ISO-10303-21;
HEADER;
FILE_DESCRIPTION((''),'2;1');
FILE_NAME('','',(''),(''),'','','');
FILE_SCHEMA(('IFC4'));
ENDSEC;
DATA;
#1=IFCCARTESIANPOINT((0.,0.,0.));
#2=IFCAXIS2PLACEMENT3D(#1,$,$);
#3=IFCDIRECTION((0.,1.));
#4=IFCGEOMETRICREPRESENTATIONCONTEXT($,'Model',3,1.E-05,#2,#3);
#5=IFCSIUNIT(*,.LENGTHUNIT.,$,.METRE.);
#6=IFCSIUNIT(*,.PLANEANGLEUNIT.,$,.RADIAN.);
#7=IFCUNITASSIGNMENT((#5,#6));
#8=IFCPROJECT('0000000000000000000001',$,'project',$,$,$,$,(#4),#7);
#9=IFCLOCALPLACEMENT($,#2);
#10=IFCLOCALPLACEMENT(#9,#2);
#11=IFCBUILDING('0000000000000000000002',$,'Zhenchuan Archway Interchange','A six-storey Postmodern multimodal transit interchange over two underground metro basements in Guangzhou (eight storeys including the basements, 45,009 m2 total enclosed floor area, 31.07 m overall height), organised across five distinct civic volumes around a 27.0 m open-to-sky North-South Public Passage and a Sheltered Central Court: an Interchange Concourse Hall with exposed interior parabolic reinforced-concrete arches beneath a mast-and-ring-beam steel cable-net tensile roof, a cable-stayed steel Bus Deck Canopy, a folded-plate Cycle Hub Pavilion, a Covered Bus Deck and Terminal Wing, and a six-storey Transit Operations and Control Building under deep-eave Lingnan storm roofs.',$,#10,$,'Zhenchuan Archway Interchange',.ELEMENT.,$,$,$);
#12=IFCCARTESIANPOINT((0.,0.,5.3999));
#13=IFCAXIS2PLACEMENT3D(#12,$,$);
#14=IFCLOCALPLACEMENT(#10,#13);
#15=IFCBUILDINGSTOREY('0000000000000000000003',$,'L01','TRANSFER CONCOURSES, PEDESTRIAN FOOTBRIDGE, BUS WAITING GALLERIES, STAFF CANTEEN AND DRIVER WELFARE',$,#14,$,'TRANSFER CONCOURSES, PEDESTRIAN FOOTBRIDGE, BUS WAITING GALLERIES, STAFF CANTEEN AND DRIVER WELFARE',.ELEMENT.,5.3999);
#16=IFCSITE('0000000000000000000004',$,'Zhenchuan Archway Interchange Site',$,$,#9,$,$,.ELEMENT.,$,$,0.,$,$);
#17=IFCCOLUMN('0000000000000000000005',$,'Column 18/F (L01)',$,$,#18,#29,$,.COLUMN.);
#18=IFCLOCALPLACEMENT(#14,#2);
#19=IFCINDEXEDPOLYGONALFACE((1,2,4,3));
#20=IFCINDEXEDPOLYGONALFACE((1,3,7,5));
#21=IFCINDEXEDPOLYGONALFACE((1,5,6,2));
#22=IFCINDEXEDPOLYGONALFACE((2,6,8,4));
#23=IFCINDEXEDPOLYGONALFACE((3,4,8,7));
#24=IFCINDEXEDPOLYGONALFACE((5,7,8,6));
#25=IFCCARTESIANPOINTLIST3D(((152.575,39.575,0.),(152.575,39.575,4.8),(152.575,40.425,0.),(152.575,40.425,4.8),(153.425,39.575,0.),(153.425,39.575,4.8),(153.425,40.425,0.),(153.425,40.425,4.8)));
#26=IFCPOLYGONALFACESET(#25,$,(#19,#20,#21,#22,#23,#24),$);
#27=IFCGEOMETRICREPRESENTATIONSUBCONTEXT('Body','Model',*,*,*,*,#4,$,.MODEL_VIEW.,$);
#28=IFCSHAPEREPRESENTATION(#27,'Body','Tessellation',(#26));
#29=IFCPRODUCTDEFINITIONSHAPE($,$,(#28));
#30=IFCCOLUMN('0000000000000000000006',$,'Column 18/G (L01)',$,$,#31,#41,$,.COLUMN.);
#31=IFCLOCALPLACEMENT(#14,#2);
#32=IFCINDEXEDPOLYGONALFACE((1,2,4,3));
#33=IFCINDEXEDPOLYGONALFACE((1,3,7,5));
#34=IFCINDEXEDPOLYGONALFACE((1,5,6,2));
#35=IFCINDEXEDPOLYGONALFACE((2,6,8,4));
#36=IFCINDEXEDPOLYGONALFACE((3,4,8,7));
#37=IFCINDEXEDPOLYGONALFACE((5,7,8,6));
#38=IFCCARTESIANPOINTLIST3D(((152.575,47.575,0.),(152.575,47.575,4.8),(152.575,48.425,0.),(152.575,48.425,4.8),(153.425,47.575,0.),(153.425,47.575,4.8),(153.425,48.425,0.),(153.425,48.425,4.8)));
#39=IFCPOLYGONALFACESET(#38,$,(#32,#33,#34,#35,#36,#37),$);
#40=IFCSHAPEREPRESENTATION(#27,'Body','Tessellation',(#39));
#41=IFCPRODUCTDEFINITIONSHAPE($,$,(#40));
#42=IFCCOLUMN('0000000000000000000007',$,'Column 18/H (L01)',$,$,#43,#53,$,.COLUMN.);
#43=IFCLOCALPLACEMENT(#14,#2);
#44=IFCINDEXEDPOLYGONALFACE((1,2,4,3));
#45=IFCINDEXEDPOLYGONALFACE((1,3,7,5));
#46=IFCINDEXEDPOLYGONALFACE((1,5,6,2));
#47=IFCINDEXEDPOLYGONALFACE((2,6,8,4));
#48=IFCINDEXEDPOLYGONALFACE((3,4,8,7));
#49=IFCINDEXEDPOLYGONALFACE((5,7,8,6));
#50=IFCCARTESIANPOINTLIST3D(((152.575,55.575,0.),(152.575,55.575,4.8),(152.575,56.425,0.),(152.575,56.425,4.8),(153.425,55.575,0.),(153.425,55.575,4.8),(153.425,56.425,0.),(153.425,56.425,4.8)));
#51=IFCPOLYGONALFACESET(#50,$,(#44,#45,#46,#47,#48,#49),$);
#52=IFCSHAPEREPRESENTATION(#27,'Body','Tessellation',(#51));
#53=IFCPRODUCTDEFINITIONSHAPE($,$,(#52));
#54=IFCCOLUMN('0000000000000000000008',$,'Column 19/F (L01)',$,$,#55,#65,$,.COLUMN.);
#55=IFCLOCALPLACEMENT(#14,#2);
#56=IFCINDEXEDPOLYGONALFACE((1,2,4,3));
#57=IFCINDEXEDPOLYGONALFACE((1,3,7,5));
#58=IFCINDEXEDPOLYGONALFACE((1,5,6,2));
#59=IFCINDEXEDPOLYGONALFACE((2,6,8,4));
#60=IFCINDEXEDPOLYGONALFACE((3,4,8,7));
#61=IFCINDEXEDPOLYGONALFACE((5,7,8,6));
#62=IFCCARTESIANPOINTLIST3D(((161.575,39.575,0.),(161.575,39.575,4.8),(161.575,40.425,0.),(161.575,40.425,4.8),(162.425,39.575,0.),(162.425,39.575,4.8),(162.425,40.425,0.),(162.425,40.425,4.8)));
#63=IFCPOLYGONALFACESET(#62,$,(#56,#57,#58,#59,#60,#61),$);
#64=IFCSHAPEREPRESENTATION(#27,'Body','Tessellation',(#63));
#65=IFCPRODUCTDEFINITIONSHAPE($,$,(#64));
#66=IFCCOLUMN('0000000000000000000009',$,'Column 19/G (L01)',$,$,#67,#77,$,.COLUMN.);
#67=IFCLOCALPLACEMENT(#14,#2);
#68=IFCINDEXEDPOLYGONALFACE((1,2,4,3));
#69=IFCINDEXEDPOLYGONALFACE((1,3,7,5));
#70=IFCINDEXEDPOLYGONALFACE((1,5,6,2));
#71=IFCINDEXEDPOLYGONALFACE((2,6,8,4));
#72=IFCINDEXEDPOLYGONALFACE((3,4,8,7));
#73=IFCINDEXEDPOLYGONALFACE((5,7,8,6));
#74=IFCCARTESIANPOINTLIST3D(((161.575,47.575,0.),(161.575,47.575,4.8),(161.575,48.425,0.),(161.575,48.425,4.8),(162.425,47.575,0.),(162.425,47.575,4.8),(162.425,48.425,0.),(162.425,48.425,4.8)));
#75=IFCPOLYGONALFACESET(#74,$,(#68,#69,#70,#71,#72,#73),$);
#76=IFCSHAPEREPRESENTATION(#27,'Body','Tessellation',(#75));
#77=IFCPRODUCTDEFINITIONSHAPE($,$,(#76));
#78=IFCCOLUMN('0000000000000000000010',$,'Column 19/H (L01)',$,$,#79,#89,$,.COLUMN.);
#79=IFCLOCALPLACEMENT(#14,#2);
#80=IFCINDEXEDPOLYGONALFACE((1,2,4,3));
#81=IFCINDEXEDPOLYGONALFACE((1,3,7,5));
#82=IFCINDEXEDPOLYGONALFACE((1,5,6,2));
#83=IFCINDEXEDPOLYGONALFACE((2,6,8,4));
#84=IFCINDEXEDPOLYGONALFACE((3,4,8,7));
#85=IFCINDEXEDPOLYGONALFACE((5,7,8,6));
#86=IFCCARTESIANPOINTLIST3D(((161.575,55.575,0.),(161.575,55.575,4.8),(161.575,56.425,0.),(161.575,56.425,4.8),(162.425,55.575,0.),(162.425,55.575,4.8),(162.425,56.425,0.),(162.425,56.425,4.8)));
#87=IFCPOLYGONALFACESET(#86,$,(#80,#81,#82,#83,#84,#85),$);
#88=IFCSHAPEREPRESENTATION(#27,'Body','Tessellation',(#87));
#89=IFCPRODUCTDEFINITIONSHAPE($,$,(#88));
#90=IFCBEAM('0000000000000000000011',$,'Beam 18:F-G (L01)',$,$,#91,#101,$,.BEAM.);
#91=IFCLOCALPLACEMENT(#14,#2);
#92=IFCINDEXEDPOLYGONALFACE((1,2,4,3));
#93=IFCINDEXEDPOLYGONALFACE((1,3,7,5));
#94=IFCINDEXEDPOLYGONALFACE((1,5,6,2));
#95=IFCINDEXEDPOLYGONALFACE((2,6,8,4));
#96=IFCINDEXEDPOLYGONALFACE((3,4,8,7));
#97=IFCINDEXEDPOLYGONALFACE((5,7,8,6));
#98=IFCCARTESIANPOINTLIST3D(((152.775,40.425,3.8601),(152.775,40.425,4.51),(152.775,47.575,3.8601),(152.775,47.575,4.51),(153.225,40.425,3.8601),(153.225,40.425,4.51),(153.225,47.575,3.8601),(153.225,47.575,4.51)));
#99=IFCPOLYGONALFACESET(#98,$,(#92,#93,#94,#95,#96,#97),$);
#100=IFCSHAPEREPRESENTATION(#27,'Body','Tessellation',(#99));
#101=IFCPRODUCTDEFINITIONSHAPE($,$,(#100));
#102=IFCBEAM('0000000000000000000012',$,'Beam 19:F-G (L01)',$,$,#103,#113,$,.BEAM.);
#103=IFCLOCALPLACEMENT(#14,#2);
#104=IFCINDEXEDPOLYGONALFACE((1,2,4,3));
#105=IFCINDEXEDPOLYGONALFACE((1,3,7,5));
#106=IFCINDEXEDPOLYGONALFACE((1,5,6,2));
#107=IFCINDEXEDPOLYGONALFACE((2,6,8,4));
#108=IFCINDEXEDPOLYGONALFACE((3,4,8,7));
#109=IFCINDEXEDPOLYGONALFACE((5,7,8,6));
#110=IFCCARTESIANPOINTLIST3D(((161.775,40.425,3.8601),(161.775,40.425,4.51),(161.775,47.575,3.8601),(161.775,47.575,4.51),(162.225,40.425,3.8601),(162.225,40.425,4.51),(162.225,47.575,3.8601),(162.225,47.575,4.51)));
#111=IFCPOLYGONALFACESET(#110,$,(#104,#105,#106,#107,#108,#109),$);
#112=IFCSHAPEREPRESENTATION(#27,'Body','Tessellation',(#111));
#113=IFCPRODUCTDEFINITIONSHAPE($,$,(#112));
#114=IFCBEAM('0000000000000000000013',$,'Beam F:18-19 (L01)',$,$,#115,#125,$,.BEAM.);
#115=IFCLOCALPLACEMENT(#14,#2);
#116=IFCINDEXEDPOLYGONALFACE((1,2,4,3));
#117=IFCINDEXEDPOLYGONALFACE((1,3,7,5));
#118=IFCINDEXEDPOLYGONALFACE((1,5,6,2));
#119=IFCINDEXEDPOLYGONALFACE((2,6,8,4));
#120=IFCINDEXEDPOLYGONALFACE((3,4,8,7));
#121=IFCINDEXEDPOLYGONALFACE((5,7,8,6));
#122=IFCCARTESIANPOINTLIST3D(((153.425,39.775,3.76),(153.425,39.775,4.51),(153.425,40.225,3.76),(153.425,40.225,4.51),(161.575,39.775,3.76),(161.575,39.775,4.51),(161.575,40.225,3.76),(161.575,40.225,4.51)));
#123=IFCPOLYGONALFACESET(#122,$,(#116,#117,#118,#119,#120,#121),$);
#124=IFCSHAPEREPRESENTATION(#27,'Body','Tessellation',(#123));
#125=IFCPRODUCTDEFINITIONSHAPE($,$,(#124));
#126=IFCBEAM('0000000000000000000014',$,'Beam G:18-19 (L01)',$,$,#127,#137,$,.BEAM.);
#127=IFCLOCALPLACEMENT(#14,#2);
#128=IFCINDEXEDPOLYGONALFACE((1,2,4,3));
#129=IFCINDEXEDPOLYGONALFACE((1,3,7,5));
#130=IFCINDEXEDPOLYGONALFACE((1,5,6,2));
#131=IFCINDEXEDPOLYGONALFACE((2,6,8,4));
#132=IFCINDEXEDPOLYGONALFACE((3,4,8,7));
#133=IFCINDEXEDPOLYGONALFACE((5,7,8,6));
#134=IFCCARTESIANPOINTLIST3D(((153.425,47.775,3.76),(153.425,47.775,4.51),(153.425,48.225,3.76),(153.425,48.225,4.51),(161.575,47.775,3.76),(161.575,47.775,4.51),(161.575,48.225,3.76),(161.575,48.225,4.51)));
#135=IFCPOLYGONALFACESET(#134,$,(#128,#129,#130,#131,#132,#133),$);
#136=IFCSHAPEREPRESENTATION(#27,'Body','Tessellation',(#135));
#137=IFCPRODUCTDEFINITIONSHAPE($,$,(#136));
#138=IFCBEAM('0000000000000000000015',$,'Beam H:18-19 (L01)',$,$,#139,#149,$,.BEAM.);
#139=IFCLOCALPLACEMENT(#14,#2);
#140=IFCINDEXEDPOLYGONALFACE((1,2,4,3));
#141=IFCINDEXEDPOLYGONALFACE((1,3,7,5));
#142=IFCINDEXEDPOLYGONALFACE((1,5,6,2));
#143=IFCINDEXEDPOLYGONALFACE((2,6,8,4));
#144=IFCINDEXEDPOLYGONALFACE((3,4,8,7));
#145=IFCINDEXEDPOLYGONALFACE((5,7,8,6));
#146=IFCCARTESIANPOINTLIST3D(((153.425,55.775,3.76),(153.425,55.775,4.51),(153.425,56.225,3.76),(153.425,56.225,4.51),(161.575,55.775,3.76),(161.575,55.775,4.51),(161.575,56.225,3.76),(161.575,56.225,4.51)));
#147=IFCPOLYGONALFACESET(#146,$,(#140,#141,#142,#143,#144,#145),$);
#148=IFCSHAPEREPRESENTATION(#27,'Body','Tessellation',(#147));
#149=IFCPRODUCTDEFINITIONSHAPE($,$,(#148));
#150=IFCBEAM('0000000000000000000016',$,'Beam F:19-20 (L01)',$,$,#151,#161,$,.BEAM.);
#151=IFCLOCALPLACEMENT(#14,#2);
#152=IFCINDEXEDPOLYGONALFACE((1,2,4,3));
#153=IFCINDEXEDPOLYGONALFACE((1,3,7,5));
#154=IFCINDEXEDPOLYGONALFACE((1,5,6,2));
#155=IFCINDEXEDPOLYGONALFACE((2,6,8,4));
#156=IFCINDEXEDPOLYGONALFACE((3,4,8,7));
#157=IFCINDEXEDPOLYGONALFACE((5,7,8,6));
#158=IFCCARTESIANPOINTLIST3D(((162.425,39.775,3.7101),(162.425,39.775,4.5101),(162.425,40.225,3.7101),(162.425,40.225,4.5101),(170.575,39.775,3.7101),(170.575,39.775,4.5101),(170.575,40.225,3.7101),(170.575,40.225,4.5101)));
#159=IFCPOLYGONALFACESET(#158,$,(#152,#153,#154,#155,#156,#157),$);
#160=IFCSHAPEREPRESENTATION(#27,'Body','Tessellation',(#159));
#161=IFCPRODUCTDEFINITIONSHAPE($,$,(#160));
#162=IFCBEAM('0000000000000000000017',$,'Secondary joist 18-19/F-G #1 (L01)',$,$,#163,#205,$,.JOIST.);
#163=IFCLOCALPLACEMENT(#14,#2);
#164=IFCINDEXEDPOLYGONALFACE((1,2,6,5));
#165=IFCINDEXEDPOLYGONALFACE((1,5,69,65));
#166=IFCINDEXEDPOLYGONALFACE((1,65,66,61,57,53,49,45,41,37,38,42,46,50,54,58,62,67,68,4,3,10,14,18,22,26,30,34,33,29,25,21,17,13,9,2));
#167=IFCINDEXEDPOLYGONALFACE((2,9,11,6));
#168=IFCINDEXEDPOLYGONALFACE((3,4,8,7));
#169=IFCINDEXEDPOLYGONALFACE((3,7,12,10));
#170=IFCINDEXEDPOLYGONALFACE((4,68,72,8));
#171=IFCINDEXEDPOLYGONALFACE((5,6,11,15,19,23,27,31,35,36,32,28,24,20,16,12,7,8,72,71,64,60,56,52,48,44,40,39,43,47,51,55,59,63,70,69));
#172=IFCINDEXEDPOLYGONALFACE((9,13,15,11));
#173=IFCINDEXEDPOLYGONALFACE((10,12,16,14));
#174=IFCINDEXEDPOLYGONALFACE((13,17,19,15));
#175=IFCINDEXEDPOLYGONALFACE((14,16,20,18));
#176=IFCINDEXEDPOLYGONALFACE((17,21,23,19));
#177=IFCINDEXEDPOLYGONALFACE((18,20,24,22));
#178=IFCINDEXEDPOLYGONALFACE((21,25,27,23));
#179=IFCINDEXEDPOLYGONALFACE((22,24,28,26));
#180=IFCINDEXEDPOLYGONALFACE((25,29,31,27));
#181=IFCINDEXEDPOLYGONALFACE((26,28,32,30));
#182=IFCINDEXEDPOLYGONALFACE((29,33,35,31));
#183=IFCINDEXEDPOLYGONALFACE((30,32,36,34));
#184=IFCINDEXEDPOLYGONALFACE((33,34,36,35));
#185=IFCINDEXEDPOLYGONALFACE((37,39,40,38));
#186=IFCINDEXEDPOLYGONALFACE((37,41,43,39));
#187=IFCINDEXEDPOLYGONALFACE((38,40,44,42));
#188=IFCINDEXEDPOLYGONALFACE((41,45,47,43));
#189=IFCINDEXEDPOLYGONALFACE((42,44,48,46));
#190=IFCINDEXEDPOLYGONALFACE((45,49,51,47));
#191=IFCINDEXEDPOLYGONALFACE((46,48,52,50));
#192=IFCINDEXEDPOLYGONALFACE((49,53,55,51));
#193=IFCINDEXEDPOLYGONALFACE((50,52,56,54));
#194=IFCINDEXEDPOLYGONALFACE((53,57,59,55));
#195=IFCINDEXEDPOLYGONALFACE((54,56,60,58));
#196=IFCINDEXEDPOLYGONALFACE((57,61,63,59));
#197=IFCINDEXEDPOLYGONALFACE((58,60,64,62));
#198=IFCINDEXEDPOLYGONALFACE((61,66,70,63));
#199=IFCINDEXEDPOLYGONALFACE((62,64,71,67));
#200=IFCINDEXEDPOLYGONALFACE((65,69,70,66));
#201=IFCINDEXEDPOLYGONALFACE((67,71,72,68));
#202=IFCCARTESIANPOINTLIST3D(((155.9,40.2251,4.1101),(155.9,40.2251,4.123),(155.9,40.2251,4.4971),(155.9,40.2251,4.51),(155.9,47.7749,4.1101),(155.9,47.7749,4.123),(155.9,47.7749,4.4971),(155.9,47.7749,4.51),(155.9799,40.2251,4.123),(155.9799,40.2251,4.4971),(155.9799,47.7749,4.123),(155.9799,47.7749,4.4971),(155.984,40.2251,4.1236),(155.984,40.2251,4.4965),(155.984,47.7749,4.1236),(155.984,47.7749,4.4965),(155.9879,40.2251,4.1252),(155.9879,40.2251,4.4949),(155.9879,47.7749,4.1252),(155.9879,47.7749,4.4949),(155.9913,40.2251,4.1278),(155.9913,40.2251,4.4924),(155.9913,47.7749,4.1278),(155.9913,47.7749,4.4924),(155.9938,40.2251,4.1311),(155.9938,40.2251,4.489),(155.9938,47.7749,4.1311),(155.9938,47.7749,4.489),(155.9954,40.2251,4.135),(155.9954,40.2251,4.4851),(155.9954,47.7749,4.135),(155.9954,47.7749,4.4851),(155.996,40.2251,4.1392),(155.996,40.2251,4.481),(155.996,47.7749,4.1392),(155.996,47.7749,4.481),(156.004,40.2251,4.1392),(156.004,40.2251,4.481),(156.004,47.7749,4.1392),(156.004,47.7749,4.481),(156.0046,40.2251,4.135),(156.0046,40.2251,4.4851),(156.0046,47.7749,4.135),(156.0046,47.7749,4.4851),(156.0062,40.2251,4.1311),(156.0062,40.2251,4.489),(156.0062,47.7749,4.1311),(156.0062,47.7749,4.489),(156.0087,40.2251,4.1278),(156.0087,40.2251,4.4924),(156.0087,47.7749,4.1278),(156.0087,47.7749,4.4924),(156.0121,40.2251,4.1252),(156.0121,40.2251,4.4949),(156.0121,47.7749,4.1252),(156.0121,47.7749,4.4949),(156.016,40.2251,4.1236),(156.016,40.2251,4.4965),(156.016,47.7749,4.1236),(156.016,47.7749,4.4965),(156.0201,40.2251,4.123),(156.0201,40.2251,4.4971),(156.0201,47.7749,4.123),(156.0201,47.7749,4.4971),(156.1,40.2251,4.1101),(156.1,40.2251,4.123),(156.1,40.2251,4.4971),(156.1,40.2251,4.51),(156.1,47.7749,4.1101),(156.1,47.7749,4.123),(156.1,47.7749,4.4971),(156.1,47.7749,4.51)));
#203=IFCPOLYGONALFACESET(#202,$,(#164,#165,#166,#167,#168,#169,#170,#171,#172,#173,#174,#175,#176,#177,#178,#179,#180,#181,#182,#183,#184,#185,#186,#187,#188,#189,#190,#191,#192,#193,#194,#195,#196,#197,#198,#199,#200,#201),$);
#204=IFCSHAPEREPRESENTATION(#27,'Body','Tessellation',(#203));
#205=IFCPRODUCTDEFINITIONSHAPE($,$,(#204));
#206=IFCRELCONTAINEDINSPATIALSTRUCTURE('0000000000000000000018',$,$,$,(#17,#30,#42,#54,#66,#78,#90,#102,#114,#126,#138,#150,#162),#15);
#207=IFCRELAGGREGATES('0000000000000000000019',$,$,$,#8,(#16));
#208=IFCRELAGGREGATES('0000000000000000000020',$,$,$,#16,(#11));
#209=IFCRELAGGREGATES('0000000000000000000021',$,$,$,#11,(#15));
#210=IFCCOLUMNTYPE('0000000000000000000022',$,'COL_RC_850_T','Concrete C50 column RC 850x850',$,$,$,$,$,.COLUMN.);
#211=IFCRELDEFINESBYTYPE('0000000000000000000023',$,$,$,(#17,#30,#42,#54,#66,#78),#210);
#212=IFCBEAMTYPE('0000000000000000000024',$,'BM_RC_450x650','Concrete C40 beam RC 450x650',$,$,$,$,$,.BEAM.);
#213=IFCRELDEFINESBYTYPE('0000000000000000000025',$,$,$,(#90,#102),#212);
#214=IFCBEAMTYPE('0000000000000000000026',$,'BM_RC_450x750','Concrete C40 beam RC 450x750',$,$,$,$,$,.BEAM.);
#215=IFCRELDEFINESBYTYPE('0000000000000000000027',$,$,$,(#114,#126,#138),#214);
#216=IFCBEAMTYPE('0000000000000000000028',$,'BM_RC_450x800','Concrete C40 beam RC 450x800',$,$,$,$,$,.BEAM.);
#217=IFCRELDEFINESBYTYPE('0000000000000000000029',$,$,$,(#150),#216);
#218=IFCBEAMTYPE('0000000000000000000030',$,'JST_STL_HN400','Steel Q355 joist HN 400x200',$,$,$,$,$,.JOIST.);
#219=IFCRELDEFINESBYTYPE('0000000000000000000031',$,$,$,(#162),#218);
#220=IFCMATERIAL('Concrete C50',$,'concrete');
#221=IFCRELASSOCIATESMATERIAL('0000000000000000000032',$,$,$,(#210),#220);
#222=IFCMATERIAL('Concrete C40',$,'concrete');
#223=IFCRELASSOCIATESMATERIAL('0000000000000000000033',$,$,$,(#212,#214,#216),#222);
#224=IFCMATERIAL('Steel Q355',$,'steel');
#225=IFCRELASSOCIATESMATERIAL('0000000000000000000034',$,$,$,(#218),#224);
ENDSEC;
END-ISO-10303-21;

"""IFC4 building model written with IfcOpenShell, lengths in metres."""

from ifc_helpers import new_model, si_unit, direction, frame, origin, origin_2d, place, context, subcontext, project, spatial, rectangle, i_section, extrude, material, material_profile, profile_set, type_object, element, save


model = new_model("IFC4")

# Units and contexts
model_context = context("Model", 3, precision=1e-05, world=origin(), true_north=direction((0.0, 1.0)))
body_context = subcontext(model_context, "Body", "Model", "MODEL_VIEW")
ifc_project = project(units=[si_unit("LENGTHUNIT", "METRE"), si_unit("PLANEANGLEUNIT", "RADIAN")], contexts=[model_context])

# Site, building, storey
site_placement = place(None, origin())
site = spatial("IfcSite", under=ifc_project, at=site_placement, Name="Zhenchuan Archway Interchange Site", CompositionType="ELEMENT", RefElevation=0.0)
building_placement = place(site_placement, origin())
building = spatial("IfcBuilding", under=site, at=building_placement, Name="Zhenchuan Archway Interchange", Description="A six-storey Postmodern multimodal transit interchange over two underground metro basements in Guangzhou (eight storeys including the basements, 45,009 m2 total enclosed floor area, 31.07 m overall height), organised across five distinct civic volumes around a 27.0 m open-to-sky North-South Public Passage and a Sheltered Central Court: an Interchange Concourse Hall with exposed interior parabolic reinforced-concrete arches beneath a mast-and-ring-beam steel cable-net tensile roof, a cable-stayed steel Bus Deck Canopy, a folded-plate Cycle Hub Pavilion, a Covered Bus Deck and Terminal Wing, and a six-storey Transit Operations and Control Building under deep-eave Lingnan storm roofs.", LongName="Zhenchuan Archway Interchange", CompositionType="ELEMENT")
storey_placement = place(building_placement, frame((0.0, 0.0, 5.3999)))
storey = spatial("IfcBuildingStorey", under=building, at=storey_placement, Name="L01", Description="TRANSFER CONCOURSES, PEDESTRIAN FOOTBRIDGE, BUS WAITING GALLERIES, STAFF CANTEEN AND DRIVER WELFARE", LongName="TRANSFER CONCOURSES, PEDESTRIAN FOOTBRIDGE, BUS WAITING GALLERIES, STAFF CANTEEN AND DRIVER WELFARE", CompositionType="ELEMENT", Elevation=5.3999)

# Columns
ifc_material_1 = material(Name="Concrete C50", Category="concrete")
ifc_material_profile_1 = material_profile(ifc_material_1, rectangle(XDim=0.8501, YDim=0.8501, at=origin_2d()), Name="RC 850x850")
ifc_profile_set_1 = profile_set([ifc_material_profile_1], Name="Concrete C50")
column_type = type_object("IfcColumnType", Name="COL_RC_850_T", Description="Concrete C50 column RC 850x850", PredefinedType="COLUMN", material=ifc_profile_set_1)
for number, where, z_axis, x_axis, name in (
    (1, (153.0, 40.0, 0.0), (0.0, 0.0, 1.0), (1.0, 0.0, 0.0), "Column 18/F (L01)"),
    (2, (153.0, 48.0, 0.0), (0.0, 0.0, 1.0), (1.0, 0.0, 0.0), "Column 18/G (L01)"),
    (3, (153.0, 56.0, 0.0), (0.0, 0.0, 1.0), (1.0, 0.0, 0.0), "Column 18/H (L01)"),
    (4, (162.0, 40.0, 0.0), (0.0, 0.0, 1.0), (1.0, 0.0, 0.0), "Column 19/F (L01)"),
    (5, (162.0, 48.0, 0.0), (0.0, 0.0, 1.0), (1.0, 0.0, 0.0), "Column 19/G (L01)"),
    (6, (162.0, 56.0, 0.0), (0.0, 0.0, 1.0), (1.0, 0.0, 0.0), "Column 19/H (L01)"),
):
    element("IfcColumn", number, at=place(storey_placement, frame(where, z_axis=z_axis, x_axis=x_axis)), inside=storey, type_object=column_type, Name=name, PredefinedType="COLUMN", context=body_context, shape_type="SweptSolid", body=[
        extrude(rectangle(XDim=0.8501, YDim=0.8501, at=origin_2d()), origin(), (0.0, 0.0, 1.0), 4.8),
    ])

# Beams
ifc_material_2 = material(Name="Concrete C40", Category="concrete")
ifc_material_profile_2 = material_profile(ifc_material_2, rectangle(XDim=0.45, YDim=0.6499, at=origin_2d()), Name="RC 450x650")
ifc_profile_set_2 = profile_set([ifc_material_profile_2], Name="Concrete C40")
beam_type_1 = type_object("IfcBeamType", Name="BM_RC_450x650", Description="Concrete C40 beam RC 450x650", PredefinedType="BEAM", material=ifc_profile_set_2)
for number, where, z_axis, x_axis, name in (
    (7, (153.0, 40.425, 4.1851), (0.0, 1.0, 0.0), (-1.0, 0.0, 0.0), "Beam 18:F-G (L01)"),
    (8, (162.0, 40.425, 4.1851), (0.0, 1.0, 0.0), (-1.0, 0.0, 0.0), "Beam 19:F-G (L01)"),
):
    element("IfcBeam", number, at=place(storey_placement, frame(where, z_axis=z_axis, x_axis=x_axis)), inside=storey, type_object=beam_type_1, Name=name, PredefinedType="BEAM", context=body_context, shape_type="SweptSolid", body=[
        extrude(rectangle(XDim=0.45, YDim=0.6499, at=origin_2d()), origin(), (0.0, 0.0, 1.0), 7.1499),
    ])
ifc_material_profile_3 = material_profile(ifc_material_2, rectangle(XDim=0.45, YDim=0.75, at=origin_2d()), Name="RC 450x750")
ifc_profile_set_3 = profile_set([ifc_material_profile_3], Name="Concrete C40")
beam_type_2 = type_object("IfcBeamType", Name="BM_RC_450x750", Description="Concrete C40 beam RC 450x750", PredefinedType="BEAM", material=ifc_profile_set_3)
for number, where, z_axis, x_axis, name in (
    (9, (153.425, 40.0, 4.135), (1.0, 0.0, 0.0), (0.0, 1.0, 0.0), "Beam F:18-19 (L01)"),
    (10, (153.425, 48.0, 4.135), (1.0, 0.0, 0.0), (0.0, 1.0, 0.0), "Beam G:18-19 (L01)"),
    (11, (153.425, 56.0, 4.135), (1.0, 0.0, 0.0), (0.0, 1.0, 0.0), "Beam H:18-19 (L01)"),
):
    element("IfcBeam", number, at=place(storey_placement, frame(where, z_axis=z_axis, x_axis=x_axis)), inside=storey, type_object=beam_type_2, Name=name, PredefinedType="BEAM", context=body_context, shape_type="SweptSolid", body=[
        extrude(rectangle(XDim=0.45, YDim=0.75, at=origin_2d()), origin(), (0.0, 0.0, 1.0), 8.1499),
    ])
ifc_material_profile_4 = material_profile(ifc_material_2, rectangle(XDim=0.45, YDim=0.8, at=origin_2d()), Name="RC 450x800")
ifc_profile_set_4 = profile_set([ifc_material_profile_4], Name="Concrete C40")
beam_type_3 = type_object("IfcBeamType", Name="BM_RC_450x800", Description="Concrete C40 beam RC 450x800", PredefinedType="BEAM", material=ifc_profile_set_4)
beam_placement = place(storey_placement, frame((162.425, 40.0, 4.1101), z_axis=(1.0, 0.0, 0.0), x_axis=(0.0, 1.0, 0.0)))
element("IfcBeam", 12, at=beam_placement, inside=storey, type_object=beam_type_3, Name="Beam F:19-20 (L01)", PredefinedType="BEAM", context=body_context, shape_type="SweptSolid", body=[
    extrude(rectangle(XDim=0.45, YDim=0.8, at=origin_2d()), origin(), (0.0, 0.0, 1.0), 8.1499),
])
ifc_material_3 = material(Name="Steel Q355", Category="steel")
ifc_material_profile_5 = material_profile(ifc_material_3, i_section(OverallWidth=0.2, OverallDepth=0.3999, WebThickness=0.0081, FlangeThickness=0.0129, FilletRadius=0.0161, at=origin_2d()), Name="HN 400x200")
ifc_profile_set_5 = profile_set([ifc_material_profile_5], Name="Steel Q355")
beam_type_4 = type_object("IfcBeamType", Name="JST_STL_HN400", Description="Steel Q355 joist HN 400x200", PredefinedType="JOIST", material=ifc_profile_set_5)
for number, where, z_axis, x_axis, name in (
    (13, (156.0, 40.2251, 4.3101), (0.0, 1.0, 0.0), (-1.0, 0.0, 0.0), "Secondary joist 18-19/F-G #1 (L01)"),
):
    element("IfcBeam", number, at=place(storey_placement, frame(where, z_axis=z_axis, x_axis=x_axis)), inside=storey, type_object=beam_type_4, Name=name, PredefinedType="JOIST", context=body_context, shape_type="SweptSolid", body=[
        extrude(i_section(OverallWidth=0.2, OverallDepth=0.3999, WebThickness=0.0081, FlangeThickness=0.0129, FilletRadius=0.0161, at=origin_2d()), origin(), (0.0, 0.0, 1.0), 7.5498),
    ])

save(model, "model.ifc")
